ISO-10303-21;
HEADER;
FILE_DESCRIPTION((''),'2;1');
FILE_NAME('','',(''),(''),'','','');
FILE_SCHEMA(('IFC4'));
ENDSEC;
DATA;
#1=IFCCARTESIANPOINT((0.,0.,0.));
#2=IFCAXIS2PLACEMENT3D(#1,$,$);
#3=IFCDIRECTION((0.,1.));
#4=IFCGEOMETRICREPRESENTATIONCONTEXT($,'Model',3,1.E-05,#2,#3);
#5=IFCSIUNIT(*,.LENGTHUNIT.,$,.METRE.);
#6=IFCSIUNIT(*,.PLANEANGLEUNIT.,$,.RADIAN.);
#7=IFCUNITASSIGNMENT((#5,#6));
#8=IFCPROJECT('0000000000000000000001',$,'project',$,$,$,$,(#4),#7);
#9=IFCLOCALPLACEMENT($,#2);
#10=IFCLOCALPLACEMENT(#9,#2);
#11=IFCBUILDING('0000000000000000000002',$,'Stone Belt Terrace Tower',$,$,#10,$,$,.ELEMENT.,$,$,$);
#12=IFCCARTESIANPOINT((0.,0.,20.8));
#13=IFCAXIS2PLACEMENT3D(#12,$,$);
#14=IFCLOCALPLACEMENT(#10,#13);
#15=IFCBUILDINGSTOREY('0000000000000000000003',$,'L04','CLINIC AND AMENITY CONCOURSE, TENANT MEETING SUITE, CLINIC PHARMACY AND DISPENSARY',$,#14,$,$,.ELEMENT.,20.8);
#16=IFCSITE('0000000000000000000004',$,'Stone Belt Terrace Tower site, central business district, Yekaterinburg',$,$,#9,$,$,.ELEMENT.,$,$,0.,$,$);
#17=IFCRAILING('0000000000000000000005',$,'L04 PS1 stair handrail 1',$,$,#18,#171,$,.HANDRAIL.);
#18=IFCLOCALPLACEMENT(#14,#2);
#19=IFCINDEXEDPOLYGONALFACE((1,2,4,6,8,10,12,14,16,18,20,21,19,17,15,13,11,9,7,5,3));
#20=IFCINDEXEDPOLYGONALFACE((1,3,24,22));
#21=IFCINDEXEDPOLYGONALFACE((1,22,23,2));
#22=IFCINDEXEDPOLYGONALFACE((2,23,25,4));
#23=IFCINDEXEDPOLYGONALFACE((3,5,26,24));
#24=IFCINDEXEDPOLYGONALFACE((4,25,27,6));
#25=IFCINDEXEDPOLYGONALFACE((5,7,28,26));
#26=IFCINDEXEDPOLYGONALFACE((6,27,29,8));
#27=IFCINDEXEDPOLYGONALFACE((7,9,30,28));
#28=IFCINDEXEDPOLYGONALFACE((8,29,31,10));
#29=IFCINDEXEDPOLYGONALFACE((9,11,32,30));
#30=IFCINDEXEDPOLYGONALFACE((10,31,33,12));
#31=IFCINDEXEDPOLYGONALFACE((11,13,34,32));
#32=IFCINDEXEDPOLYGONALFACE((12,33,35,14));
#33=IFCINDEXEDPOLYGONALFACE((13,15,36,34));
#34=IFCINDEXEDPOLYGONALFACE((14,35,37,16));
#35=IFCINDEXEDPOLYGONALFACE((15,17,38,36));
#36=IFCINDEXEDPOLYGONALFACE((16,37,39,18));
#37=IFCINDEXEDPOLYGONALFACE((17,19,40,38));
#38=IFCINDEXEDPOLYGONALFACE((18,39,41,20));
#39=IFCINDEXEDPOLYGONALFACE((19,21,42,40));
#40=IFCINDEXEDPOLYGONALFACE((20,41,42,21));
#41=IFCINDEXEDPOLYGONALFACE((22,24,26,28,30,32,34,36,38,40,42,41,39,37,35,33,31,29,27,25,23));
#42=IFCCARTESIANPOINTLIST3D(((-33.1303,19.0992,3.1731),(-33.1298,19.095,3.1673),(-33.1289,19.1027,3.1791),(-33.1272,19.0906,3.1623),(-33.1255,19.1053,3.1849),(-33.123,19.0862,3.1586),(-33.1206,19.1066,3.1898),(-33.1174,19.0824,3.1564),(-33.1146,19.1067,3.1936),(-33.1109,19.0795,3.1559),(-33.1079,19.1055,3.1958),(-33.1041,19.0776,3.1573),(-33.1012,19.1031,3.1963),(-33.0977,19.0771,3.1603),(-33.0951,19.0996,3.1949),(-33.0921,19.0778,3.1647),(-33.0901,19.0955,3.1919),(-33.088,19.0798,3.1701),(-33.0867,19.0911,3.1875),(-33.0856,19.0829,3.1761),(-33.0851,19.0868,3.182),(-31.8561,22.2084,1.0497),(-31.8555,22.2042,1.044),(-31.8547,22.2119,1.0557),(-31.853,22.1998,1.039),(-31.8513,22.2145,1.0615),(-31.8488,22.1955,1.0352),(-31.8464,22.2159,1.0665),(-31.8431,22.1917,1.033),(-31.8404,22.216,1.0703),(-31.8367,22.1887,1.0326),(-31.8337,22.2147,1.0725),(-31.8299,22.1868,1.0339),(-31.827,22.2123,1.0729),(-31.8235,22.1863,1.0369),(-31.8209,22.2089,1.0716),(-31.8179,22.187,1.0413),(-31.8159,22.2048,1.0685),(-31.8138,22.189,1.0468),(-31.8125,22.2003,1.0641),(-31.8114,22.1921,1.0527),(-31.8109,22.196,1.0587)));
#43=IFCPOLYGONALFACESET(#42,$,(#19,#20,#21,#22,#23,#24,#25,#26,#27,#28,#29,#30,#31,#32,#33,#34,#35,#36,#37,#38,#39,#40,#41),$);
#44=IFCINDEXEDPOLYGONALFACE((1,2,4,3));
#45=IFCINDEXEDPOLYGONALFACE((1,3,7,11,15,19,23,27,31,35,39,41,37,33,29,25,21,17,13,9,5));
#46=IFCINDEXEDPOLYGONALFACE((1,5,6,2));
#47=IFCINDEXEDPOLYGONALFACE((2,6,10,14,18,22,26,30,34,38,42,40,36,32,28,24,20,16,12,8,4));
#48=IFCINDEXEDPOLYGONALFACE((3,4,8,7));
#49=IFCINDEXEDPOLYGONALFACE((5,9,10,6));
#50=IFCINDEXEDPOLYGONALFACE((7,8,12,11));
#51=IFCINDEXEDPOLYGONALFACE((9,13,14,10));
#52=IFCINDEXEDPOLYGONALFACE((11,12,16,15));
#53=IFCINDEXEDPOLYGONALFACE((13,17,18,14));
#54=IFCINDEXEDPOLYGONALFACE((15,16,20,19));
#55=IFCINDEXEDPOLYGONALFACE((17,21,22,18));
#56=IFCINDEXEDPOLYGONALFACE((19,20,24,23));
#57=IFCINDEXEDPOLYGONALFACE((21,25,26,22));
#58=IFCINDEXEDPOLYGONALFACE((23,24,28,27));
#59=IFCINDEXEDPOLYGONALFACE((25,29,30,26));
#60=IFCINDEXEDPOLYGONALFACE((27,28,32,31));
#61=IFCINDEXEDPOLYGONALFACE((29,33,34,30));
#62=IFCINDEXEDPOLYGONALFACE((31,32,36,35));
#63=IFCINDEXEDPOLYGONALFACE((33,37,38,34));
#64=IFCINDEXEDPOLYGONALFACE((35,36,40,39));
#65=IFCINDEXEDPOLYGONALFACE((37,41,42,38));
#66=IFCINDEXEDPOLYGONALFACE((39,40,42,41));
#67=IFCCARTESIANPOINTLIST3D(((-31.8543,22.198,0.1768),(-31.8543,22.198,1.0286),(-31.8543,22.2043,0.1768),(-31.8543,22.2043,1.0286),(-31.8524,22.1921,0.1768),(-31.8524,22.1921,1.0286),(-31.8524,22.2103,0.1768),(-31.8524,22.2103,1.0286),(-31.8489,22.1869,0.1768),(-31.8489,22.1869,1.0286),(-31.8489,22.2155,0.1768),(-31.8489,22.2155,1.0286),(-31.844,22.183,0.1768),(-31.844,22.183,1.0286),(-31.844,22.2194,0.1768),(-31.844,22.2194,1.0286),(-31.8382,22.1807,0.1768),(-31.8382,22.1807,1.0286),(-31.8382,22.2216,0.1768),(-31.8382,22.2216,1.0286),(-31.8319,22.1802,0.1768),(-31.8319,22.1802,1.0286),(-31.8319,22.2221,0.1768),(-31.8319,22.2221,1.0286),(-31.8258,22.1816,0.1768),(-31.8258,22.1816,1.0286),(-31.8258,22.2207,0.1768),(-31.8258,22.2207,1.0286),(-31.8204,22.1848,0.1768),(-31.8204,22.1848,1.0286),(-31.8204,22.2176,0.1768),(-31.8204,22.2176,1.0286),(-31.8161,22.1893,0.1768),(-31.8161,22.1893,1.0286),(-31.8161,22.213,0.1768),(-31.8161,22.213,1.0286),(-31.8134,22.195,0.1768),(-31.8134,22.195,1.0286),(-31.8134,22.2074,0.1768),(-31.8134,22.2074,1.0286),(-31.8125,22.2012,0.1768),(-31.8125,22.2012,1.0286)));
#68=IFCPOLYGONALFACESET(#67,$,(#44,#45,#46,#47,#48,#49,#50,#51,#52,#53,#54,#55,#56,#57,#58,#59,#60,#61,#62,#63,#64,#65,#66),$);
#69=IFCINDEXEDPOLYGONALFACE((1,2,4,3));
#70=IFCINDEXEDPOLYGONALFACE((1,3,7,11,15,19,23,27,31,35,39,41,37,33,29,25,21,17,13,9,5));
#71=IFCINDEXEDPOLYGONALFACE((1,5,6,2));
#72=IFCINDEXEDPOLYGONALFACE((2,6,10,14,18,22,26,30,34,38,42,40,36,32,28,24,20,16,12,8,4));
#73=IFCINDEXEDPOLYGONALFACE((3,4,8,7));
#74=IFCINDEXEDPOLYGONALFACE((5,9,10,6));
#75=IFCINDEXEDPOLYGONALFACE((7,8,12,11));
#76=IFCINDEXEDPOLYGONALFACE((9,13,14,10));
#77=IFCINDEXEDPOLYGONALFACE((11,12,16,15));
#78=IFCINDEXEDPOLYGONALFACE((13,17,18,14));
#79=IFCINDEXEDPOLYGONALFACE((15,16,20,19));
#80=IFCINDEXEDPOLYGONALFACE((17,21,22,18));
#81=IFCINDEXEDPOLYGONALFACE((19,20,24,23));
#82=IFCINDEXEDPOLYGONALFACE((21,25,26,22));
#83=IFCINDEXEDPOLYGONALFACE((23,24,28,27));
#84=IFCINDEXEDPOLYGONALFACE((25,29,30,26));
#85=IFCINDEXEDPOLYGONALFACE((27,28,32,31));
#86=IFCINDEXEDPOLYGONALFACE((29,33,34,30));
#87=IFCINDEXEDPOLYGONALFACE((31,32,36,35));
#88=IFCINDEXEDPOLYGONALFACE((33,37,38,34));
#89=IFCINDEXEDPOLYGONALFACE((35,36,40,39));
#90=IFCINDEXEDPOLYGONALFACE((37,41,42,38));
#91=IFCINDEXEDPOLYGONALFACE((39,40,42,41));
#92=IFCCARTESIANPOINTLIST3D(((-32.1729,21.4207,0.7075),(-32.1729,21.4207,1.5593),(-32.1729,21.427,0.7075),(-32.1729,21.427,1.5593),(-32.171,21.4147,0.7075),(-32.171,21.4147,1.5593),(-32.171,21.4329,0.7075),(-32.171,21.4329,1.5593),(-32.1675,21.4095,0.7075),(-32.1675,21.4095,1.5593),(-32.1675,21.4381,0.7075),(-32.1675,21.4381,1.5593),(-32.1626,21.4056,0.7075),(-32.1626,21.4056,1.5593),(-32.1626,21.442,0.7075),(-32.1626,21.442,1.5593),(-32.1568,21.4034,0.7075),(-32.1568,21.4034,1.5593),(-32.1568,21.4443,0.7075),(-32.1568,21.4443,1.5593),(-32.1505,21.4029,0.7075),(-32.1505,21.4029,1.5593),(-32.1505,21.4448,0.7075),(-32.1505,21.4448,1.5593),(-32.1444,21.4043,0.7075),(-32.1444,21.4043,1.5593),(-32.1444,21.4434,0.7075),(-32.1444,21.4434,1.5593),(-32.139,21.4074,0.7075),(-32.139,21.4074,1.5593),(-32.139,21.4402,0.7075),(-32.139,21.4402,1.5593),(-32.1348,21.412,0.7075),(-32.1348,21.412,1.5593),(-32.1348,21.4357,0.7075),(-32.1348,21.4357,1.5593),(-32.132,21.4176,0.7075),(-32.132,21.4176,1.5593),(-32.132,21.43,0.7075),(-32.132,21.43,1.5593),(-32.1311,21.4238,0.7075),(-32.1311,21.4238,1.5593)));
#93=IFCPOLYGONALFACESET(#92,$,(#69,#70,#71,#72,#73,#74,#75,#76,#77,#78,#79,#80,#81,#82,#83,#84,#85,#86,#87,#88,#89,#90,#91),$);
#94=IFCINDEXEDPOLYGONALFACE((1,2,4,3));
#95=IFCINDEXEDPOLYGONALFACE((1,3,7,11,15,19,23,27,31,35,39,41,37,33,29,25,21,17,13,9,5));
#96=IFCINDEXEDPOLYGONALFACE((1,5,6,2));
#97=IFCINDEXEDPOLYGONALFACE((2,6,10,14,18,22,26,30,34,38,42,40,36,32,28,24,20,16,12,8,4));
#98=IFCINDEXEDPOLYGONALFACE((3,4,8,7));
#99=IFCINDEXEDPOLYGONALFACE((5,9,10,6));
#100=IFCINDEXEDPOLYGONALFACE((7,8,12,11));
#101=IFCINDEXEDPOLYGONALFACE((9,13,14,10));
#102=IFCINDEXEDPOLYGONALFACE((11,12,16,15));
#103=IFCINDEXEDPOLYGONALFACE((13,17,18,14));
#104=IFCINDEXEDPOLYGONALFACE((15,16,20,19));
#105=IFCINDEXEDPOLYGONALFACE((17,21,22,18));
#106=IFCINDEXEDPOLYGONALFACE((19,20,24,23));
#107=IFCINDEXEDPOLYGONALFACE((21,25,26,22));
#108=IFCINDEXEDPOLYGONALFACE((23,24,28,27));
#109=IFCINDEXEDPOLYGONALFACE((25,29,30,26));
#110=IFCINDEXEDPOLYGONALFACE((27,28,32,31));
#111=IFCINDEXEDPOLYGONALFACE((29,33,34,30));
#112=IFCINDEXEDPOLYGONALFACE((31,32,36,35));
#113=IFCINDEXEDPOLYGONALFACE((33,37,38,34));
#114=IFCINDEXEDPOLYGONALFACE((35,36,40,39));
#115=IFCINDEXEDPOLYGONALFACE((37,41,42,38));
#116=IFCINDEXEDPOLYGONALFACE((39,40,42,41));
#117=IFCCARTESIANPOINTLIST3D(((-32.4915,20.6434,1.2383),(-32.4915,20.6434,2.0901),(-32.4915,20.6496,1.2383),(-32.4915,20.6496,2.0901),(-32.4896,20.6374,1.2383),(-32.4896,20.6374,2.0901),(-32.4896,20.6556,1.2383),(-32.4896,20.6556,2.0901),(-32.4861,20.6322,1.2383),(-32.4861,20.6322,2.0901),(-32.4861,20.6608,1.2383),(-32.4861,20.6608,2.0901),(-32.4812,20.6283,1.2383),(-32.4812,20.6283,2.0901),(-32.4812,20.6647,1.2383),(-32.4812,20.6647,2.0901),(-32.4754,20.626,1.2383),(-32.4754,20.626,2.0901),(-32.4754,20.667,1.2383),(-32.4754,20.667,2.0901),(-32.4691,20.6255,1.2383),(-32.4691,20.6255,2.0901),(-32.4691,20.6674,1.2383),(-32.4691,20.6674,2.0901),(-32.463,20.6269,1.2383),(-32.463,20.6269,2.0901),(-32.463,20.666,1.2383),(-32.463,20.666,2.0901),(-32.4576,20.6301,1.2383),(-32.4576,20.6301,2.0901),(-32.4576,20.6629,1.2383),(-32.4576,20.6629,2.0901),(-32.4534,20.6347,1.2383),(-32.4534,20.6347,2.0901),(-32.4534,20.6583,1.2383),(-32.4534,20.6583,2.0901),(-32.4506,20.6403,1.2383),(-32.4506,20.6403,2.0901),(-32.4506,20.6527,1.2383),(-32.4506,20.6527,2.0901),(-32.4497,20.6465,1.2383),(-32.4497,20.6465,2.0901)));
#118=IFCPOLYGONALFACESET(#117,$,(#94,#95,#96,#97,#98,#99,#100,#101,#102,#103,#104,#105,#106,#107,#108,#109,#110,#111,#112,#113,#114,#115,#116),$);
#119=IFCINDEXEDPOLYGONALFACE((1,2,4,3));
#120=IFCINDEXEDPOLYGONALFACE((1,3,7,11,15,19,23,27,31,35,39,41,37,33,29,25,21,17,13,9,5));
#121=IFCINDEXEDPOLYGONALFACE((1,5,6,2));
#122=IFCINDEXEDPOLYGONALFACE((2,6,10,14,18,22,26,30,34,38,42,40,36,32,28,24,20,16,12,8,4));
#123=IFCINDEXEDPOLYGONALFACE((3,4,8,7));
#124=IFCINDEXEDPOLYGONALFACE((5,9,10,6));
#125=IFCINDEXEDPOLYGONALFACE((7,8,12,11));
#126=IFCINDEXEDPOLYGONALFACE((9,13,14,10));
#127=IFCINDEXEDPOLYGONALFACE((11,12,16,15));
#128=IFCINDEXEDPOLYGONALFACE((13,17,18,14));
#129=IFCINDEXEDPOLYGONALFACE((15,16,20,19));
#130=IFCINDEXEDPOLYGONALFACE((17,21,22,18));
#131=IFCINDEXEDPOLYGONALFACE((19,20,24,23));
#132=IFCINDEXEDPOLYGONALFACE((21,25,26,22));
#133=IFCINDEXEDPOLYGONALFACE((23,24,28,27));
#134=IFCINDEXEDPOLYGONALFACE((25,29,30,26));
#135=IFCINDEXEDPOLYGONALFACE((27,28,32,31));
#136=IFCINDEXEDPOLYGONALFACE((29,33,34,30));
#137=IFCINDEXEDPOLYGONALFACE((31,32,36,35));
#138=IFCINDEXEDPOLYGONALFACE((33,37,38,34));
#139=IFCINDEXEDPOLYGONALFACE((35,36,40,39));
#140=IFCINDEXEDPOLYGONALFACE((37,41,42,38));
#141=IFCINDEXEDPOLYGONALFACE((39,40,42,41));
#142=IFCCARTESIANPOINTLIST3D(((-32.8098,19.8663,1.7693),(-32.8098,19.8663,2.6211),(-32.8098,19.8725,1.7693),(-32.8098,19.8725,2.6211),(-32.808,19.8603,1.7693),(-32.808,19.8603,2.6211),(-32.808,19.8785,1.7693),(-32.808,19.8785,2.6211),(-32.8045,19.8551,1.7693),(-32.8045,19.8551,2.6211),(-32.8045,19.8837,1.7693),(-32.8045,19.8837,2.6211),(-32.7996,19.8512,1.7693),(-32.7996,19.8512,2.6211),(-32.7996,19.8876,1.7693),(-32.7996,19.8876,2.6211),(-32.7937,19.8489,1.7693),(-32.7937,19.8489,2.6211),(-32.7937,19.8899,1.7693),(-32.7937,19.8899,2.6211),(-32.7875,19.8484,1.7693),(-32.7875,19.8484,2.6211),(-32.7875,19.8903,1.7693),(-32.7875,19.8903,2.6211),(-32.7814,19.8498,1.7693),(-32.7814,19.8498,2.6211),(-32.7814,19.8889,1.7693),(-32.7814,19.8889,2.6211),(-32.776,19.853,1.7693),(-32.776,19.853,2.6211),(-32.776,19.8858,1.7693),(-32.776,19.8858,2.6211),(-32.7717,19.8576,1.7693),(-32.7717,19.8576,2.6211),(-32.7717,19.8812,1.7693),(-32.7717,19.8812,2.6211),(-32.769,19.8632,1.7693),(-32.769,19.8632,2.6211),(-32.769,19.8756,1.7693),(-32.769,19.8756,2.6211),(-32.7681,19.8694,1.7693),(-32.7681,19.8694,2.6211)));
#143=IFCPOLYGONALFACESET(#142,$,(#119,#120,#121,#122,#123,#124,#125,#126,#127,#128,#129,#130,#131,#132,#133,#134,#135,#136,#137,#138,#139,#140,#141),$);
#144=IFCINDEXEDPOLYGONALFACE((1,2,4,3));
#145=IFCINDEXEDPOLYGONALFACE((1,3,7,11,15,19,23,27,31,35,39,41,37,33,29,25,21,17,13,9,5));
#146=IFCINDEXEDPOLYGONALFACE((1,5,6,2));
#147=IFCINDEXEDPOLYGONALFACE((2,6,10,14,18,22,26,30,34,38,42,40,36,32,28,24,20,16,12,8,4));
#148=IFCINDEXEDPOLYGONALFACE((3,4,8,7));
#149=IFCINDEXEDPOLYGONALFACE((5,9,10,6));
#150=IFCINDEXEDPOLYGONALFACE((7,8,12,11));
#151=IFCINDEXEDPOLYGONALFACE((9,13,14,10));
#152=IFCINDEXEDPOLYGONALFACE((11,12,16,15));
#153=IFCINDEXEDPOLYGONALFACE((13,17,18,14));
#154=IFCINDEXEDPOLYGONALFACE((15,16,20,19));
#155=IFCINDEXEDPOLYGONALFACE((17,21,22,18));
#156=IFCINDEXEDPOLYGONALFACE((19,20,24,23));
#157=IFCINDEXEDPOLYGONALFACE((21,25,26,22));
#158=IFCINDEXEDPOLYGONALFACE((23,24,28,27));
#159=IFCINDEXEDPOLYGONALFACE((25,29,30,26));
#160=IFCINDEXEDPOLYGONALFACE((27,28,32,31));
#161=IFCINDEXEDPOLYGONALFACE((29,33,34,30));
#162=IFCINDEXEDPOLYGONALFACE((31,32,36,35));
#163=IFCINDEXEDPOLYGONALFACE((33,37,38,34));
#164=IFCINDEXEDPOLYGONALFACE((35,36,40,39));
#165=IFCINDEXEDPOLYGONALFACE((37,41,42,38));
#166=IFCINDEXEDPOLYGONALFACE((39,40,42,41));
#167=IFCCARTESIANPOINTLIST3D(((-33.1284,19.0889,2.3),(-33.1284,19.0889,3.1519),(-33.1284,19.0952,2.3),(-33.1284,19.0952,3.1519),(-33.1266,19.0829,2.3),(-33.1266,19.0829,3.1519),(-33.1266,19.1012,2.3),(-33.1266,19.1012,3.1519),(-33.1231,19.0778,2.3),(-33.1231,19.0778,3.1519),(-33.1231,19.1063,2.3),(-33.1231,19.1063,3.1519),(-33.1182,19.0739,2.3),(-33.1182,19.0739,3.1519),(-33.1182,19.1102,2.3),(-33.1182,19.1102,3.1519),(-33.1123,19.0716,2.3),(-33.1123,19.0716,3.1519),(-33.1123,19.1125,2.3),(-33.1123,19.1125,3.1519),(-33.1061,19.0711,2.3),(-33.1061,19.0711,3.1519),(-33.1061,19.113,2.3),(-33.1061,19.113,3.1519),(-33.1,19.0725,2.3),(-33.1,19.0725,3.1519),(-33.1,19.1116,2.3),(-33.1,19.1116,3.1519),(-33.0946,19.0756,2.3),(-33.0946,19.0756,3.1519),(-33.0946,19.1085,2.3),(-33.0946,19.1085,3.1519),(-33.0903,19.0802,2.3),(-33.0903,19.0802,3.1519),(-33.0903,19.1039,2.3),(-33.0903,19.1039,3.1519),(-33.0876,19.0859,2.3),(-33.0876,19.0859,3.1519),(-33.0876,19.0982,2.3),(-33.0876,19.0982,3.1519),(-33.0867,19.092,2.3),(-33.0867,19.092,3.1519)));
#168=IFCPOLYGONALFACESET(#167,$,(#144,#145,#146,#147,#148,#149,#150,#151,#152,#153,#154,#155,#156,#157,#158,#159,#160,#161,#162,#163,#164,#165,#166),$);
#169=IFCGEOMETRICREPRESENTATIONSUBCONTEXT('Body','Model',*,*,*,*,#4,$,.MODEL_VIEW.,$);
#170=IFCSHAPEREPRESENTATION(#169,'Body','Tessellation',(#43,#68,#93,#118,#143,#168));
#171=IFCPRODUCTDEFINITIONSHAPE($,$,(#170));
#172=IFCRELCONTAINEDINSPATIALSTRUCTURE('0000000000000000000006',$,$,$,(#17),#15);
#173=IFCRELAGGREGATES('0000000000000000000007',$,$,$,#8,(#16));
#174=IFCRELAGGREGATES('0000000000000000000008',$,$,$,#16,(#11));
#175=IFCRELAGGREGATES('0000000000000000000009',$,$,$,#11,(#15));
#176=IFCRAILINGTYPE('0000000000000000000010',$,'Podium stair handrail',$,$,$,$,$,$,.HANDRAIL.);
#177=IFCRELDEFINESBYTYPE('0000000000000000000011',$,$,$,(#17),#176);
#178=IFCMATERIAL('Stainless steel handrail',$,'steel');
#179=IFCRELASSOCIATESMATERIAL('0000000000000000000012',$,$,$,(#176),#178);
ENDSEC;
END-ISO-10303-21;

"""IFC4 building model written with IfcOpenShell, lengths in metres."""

from ifc_helpers import new_model, si_unit, direction, frame, origin, origin_2d, place, context, subcontext, project, spatial, circle, extrude, material, type_object, element, save


model = new_model("IFC4")

# Units and contexts
model_context = context("Model", 3, precision=1e-05, world=origin(), true_north=direction((0.0, 1.0)))
body_context = subcontext(model_context, "Body", "Model", "MODEL_VIEW")
ifc_project = project(units=[si_unit("LENGTHUNIT", "METRE"), si_unit("PLANEANGLEUNIT", "RADIAN")], contexts=[model_context])

# Site, building, storey
site_placement = place(None, origin())
site = spatial("IfcSite", under=ifc_project, at=site_placement, Name="Stone Belt Terrace Tower site, central business district, Yekaterinburg", CompositionType="ELEMENT", RefElevation=0.0)
building_placement = place(site_placement, origin())
building = spatial("IfcBuilding", under=site, at=building_placement, Name="Stone Belt Terrace Tower", CompositionType="ELEMENT")
storey_placement = place(building_placement, frame((0.0, 0.0, 20.8)))
storey = spatial("IfcBuildingStorey", under=building, at=storey_placement, Name="L04", Description="CLINIC AND AMENITY CONCOURSE, TENANT MEETING SUITE, CLINIC PHARMACY AND DISPENSARY", CompositionType="ELEMENT", Elevation=20.8)

# Railing
ifc_material_1 = material(Name="Stainless steel handrail", Category="steel")
railing_type_1 = type_object("IfcRailingType", Name="Podium stair handrail", PredefinedType="HANDRAIL", material=ifc_material_1)
railing_1_placement = place(storey_placement, frame((-31.8335, 22.2012, 0.1768)))
element("IfcRailing", 1, at=railing_1_placement, inside=storey, type_object=railing_type_1, Name="L04 PS1 stair handrail 1", PredefinedType="HANDRAIL", context=body_context, shape_type="SweptSolid", body=[
    extrude(circle(Radius=0.0239, at=origin_2d()), frame((0.0, 0.0, 0.876), z_axis=(-0.320567, -0.782222, 0.534196), x_axis=(0.925312, -0.379207, 0.0)), (0.0, 0.0, 1.0), 3.9749),
    extrude(circle(Radius=0.021, at=origin_2d()), origin(), (0.0, 0.0, 1.0), 0.8518),
    extrude(circle(Radius=0.021, at=origin_2d()), frame((-0.3186, -0.7773, 0.5308)), (0.0, 0.0, 1.0), 0.8518),
    extrude(circle(Radius=0.021, at=origin_2d()), frame((-0.6372, -1.5547, 1.0615)), (0.0, 0.0, 1.0), 0.8518),
    extrude(circle(Radius=0.021, at=origin_2d()), frame((-0.9556, -2.3318, 1.5925)), (0.0, 0.0, 1.0), 0.8518),
    extrude(circle(Radius=0.021, at=origin_2d()), frame((-1.2742, -3.1091, 2.1233)), (0.0, 0.0, 1.0), 0.8518),
])

save(model, "model.ifc")
